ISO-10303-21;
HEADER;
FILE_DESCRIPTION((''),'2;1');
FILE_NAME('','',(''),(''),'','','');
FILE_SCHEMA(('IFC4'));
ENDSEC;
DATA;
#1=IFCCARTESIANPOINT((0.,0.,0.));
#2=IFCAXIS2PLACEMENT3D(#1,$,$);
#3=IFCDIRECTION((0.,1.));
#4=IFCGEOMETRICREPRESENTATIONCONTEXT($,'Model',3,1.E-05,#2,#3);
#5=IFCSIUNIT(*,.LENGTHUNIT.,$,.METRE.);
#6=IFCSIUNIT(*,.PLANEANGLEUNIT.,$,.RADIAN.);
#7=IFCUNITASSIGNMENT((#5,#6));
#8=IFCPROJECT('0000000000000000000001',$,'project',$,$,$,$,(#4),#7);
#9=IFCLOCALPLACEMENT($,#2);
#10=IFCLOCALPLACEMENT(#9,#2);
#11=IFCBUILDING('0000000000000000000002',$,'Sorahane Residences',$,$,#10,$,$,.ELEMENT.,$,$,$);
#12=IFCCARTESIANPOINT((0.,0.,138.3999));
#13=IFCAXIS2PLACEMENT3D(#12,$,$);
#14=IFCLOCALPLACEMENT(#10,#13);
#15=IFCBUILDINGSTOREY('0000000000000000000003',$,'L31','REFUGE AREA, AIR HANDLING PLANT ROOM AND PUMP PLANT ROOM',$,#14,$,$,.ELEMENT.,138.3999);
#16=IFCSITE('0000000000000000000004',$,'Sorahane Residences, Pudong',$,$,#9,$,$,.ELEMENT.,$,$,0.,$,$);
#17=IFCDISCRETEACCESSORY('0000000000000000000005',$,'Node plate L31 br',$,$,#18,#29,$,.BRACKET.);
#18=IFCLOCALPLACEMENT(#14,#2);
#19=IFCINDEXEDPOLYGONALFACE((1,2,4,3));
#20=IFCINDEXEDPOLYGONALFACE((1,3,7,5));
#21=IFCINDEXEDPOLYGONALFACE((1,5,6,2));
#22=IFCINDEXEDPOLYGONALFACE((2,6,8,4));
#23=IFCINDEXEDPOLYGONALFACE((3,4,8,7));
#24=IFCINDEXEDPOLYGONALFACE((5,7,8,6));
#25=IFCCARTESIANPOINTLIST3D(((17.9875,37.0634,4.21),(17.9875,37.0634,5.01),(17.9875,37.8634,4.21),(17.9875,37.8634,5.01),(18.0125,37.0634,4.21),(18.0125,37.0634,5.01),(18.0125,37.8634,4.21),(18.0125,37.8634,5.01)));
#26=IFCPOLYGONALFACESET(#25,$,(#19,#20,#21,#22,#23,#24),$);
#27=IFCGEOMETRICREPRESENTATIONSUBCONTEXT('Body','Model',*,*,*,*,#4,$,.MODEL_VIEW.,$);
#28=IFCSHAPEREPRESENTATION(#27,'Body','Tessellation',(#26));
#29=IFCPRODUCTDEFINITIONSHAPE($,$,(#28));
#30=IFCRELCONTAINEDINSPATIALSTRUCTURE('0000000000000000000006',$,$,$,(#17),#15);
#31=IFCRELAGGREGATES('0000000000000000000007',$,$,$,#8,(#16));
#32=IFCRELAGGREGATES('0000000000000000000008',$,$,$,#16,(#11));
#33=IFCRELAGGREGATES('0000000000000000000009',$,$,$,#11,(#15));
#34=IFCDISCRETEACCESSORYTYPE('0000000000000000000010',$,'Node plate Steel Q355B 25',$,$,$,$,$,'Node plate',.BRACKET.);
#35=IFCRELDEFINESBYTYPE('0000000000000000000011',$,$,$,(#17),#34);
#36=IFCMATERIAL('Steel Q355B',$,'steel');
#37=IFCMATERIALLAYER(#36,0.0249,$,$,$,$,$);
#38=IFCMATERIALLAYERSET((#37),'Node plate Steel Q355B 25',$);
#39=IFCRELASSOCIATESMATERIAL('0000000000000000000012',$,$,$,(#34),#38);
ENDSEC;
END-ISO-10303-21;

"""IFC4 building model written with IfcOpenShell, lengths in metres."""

from ifc_helpers import new_model, si_unit, direction, frame, origin, origin_2d, place, context, subcontext, project, spatial, rectangle, extrude, material, layer, layer_set, type_object, element, save


model = new_model("IFC4")

# Units and contexts
model_context = context("Model", 3, precision=1e-05, world=origin(), true_north=direction((0.0, 1.0)))
body_context = subcontext(model_context, "Body", "Model", "MODEL_VIEW")
ifc_project = project(units=[si_unit("LENGTHUNIT", "METRE"), si_unit("PLANEANGLEUNIT", "RADIAN")], contexts=[model_context])

# Site, building, storey
site_placement = place(None, origin())
site = spatial("IfcSite", under=ifc_project, at=site_placement, Name="Sorahane Residences, Pudong", CompositionType="ELEMENT", RefElevation=0.0)
building_placement = place(site_placement, origin())
building = spatial("IfcBuilding", under=site, at=building_placement, Name="Sorahane Residences", CompositionType="ELEMENT")
storey_placement = place(building_placement, frame((0.0, 0.0, 138.3999)))
storey = spatial("IfcBuildingStorey", under=building, at=storey_placement, Name="L31", Description="REFUGE AREA, AIR HANDLING PLANT ROOM AND PUMP PLANT ROOM", CompositionType="ELEMENT", Elevation=138.3999)

# Discrete accessory
ifc_material_1 = material(Name="Steel Q355B", Category="steel")
ifc_layer_1 = layer(ifc_material_1, 0.0249)
ifc_layer_set_1 = layer_set([ifc_layer_1], Name="Node plate Steel Q355B 25")
discrete_accessory_type = type_object("IfcDiscreteAccessoryType", Name="Node plate Steel Q355B 25", ElementType="Node plate", PredefinedType="BRACKET", material=ifc_layer_set_1)
for number, where, z_axis, x_axis, name in (
    (1, (18.0, 37.4634, 4.21), (0.0, 0.0, 1.0), (0.0, 1.0, 0.0), "Node plate L31 br"),
):
    element("IfcDiscreteAccessory", number, at=place(storey_placement, frame(where, z_axis=z_axis, x_axis=x_axis)), inside=storey, type_object=discrete_accessory_type, Name=name, PredefinedType="BRACKET", context=body_context, shape_type="SweptSolid", body=[
        extrude(rectangle(XDim=0.8, YDim=0.0249, at=origin_2d()), origin(), (0.0, 0.0, 1.0), 0.8),
    ])

save(model, "model.ifc")
